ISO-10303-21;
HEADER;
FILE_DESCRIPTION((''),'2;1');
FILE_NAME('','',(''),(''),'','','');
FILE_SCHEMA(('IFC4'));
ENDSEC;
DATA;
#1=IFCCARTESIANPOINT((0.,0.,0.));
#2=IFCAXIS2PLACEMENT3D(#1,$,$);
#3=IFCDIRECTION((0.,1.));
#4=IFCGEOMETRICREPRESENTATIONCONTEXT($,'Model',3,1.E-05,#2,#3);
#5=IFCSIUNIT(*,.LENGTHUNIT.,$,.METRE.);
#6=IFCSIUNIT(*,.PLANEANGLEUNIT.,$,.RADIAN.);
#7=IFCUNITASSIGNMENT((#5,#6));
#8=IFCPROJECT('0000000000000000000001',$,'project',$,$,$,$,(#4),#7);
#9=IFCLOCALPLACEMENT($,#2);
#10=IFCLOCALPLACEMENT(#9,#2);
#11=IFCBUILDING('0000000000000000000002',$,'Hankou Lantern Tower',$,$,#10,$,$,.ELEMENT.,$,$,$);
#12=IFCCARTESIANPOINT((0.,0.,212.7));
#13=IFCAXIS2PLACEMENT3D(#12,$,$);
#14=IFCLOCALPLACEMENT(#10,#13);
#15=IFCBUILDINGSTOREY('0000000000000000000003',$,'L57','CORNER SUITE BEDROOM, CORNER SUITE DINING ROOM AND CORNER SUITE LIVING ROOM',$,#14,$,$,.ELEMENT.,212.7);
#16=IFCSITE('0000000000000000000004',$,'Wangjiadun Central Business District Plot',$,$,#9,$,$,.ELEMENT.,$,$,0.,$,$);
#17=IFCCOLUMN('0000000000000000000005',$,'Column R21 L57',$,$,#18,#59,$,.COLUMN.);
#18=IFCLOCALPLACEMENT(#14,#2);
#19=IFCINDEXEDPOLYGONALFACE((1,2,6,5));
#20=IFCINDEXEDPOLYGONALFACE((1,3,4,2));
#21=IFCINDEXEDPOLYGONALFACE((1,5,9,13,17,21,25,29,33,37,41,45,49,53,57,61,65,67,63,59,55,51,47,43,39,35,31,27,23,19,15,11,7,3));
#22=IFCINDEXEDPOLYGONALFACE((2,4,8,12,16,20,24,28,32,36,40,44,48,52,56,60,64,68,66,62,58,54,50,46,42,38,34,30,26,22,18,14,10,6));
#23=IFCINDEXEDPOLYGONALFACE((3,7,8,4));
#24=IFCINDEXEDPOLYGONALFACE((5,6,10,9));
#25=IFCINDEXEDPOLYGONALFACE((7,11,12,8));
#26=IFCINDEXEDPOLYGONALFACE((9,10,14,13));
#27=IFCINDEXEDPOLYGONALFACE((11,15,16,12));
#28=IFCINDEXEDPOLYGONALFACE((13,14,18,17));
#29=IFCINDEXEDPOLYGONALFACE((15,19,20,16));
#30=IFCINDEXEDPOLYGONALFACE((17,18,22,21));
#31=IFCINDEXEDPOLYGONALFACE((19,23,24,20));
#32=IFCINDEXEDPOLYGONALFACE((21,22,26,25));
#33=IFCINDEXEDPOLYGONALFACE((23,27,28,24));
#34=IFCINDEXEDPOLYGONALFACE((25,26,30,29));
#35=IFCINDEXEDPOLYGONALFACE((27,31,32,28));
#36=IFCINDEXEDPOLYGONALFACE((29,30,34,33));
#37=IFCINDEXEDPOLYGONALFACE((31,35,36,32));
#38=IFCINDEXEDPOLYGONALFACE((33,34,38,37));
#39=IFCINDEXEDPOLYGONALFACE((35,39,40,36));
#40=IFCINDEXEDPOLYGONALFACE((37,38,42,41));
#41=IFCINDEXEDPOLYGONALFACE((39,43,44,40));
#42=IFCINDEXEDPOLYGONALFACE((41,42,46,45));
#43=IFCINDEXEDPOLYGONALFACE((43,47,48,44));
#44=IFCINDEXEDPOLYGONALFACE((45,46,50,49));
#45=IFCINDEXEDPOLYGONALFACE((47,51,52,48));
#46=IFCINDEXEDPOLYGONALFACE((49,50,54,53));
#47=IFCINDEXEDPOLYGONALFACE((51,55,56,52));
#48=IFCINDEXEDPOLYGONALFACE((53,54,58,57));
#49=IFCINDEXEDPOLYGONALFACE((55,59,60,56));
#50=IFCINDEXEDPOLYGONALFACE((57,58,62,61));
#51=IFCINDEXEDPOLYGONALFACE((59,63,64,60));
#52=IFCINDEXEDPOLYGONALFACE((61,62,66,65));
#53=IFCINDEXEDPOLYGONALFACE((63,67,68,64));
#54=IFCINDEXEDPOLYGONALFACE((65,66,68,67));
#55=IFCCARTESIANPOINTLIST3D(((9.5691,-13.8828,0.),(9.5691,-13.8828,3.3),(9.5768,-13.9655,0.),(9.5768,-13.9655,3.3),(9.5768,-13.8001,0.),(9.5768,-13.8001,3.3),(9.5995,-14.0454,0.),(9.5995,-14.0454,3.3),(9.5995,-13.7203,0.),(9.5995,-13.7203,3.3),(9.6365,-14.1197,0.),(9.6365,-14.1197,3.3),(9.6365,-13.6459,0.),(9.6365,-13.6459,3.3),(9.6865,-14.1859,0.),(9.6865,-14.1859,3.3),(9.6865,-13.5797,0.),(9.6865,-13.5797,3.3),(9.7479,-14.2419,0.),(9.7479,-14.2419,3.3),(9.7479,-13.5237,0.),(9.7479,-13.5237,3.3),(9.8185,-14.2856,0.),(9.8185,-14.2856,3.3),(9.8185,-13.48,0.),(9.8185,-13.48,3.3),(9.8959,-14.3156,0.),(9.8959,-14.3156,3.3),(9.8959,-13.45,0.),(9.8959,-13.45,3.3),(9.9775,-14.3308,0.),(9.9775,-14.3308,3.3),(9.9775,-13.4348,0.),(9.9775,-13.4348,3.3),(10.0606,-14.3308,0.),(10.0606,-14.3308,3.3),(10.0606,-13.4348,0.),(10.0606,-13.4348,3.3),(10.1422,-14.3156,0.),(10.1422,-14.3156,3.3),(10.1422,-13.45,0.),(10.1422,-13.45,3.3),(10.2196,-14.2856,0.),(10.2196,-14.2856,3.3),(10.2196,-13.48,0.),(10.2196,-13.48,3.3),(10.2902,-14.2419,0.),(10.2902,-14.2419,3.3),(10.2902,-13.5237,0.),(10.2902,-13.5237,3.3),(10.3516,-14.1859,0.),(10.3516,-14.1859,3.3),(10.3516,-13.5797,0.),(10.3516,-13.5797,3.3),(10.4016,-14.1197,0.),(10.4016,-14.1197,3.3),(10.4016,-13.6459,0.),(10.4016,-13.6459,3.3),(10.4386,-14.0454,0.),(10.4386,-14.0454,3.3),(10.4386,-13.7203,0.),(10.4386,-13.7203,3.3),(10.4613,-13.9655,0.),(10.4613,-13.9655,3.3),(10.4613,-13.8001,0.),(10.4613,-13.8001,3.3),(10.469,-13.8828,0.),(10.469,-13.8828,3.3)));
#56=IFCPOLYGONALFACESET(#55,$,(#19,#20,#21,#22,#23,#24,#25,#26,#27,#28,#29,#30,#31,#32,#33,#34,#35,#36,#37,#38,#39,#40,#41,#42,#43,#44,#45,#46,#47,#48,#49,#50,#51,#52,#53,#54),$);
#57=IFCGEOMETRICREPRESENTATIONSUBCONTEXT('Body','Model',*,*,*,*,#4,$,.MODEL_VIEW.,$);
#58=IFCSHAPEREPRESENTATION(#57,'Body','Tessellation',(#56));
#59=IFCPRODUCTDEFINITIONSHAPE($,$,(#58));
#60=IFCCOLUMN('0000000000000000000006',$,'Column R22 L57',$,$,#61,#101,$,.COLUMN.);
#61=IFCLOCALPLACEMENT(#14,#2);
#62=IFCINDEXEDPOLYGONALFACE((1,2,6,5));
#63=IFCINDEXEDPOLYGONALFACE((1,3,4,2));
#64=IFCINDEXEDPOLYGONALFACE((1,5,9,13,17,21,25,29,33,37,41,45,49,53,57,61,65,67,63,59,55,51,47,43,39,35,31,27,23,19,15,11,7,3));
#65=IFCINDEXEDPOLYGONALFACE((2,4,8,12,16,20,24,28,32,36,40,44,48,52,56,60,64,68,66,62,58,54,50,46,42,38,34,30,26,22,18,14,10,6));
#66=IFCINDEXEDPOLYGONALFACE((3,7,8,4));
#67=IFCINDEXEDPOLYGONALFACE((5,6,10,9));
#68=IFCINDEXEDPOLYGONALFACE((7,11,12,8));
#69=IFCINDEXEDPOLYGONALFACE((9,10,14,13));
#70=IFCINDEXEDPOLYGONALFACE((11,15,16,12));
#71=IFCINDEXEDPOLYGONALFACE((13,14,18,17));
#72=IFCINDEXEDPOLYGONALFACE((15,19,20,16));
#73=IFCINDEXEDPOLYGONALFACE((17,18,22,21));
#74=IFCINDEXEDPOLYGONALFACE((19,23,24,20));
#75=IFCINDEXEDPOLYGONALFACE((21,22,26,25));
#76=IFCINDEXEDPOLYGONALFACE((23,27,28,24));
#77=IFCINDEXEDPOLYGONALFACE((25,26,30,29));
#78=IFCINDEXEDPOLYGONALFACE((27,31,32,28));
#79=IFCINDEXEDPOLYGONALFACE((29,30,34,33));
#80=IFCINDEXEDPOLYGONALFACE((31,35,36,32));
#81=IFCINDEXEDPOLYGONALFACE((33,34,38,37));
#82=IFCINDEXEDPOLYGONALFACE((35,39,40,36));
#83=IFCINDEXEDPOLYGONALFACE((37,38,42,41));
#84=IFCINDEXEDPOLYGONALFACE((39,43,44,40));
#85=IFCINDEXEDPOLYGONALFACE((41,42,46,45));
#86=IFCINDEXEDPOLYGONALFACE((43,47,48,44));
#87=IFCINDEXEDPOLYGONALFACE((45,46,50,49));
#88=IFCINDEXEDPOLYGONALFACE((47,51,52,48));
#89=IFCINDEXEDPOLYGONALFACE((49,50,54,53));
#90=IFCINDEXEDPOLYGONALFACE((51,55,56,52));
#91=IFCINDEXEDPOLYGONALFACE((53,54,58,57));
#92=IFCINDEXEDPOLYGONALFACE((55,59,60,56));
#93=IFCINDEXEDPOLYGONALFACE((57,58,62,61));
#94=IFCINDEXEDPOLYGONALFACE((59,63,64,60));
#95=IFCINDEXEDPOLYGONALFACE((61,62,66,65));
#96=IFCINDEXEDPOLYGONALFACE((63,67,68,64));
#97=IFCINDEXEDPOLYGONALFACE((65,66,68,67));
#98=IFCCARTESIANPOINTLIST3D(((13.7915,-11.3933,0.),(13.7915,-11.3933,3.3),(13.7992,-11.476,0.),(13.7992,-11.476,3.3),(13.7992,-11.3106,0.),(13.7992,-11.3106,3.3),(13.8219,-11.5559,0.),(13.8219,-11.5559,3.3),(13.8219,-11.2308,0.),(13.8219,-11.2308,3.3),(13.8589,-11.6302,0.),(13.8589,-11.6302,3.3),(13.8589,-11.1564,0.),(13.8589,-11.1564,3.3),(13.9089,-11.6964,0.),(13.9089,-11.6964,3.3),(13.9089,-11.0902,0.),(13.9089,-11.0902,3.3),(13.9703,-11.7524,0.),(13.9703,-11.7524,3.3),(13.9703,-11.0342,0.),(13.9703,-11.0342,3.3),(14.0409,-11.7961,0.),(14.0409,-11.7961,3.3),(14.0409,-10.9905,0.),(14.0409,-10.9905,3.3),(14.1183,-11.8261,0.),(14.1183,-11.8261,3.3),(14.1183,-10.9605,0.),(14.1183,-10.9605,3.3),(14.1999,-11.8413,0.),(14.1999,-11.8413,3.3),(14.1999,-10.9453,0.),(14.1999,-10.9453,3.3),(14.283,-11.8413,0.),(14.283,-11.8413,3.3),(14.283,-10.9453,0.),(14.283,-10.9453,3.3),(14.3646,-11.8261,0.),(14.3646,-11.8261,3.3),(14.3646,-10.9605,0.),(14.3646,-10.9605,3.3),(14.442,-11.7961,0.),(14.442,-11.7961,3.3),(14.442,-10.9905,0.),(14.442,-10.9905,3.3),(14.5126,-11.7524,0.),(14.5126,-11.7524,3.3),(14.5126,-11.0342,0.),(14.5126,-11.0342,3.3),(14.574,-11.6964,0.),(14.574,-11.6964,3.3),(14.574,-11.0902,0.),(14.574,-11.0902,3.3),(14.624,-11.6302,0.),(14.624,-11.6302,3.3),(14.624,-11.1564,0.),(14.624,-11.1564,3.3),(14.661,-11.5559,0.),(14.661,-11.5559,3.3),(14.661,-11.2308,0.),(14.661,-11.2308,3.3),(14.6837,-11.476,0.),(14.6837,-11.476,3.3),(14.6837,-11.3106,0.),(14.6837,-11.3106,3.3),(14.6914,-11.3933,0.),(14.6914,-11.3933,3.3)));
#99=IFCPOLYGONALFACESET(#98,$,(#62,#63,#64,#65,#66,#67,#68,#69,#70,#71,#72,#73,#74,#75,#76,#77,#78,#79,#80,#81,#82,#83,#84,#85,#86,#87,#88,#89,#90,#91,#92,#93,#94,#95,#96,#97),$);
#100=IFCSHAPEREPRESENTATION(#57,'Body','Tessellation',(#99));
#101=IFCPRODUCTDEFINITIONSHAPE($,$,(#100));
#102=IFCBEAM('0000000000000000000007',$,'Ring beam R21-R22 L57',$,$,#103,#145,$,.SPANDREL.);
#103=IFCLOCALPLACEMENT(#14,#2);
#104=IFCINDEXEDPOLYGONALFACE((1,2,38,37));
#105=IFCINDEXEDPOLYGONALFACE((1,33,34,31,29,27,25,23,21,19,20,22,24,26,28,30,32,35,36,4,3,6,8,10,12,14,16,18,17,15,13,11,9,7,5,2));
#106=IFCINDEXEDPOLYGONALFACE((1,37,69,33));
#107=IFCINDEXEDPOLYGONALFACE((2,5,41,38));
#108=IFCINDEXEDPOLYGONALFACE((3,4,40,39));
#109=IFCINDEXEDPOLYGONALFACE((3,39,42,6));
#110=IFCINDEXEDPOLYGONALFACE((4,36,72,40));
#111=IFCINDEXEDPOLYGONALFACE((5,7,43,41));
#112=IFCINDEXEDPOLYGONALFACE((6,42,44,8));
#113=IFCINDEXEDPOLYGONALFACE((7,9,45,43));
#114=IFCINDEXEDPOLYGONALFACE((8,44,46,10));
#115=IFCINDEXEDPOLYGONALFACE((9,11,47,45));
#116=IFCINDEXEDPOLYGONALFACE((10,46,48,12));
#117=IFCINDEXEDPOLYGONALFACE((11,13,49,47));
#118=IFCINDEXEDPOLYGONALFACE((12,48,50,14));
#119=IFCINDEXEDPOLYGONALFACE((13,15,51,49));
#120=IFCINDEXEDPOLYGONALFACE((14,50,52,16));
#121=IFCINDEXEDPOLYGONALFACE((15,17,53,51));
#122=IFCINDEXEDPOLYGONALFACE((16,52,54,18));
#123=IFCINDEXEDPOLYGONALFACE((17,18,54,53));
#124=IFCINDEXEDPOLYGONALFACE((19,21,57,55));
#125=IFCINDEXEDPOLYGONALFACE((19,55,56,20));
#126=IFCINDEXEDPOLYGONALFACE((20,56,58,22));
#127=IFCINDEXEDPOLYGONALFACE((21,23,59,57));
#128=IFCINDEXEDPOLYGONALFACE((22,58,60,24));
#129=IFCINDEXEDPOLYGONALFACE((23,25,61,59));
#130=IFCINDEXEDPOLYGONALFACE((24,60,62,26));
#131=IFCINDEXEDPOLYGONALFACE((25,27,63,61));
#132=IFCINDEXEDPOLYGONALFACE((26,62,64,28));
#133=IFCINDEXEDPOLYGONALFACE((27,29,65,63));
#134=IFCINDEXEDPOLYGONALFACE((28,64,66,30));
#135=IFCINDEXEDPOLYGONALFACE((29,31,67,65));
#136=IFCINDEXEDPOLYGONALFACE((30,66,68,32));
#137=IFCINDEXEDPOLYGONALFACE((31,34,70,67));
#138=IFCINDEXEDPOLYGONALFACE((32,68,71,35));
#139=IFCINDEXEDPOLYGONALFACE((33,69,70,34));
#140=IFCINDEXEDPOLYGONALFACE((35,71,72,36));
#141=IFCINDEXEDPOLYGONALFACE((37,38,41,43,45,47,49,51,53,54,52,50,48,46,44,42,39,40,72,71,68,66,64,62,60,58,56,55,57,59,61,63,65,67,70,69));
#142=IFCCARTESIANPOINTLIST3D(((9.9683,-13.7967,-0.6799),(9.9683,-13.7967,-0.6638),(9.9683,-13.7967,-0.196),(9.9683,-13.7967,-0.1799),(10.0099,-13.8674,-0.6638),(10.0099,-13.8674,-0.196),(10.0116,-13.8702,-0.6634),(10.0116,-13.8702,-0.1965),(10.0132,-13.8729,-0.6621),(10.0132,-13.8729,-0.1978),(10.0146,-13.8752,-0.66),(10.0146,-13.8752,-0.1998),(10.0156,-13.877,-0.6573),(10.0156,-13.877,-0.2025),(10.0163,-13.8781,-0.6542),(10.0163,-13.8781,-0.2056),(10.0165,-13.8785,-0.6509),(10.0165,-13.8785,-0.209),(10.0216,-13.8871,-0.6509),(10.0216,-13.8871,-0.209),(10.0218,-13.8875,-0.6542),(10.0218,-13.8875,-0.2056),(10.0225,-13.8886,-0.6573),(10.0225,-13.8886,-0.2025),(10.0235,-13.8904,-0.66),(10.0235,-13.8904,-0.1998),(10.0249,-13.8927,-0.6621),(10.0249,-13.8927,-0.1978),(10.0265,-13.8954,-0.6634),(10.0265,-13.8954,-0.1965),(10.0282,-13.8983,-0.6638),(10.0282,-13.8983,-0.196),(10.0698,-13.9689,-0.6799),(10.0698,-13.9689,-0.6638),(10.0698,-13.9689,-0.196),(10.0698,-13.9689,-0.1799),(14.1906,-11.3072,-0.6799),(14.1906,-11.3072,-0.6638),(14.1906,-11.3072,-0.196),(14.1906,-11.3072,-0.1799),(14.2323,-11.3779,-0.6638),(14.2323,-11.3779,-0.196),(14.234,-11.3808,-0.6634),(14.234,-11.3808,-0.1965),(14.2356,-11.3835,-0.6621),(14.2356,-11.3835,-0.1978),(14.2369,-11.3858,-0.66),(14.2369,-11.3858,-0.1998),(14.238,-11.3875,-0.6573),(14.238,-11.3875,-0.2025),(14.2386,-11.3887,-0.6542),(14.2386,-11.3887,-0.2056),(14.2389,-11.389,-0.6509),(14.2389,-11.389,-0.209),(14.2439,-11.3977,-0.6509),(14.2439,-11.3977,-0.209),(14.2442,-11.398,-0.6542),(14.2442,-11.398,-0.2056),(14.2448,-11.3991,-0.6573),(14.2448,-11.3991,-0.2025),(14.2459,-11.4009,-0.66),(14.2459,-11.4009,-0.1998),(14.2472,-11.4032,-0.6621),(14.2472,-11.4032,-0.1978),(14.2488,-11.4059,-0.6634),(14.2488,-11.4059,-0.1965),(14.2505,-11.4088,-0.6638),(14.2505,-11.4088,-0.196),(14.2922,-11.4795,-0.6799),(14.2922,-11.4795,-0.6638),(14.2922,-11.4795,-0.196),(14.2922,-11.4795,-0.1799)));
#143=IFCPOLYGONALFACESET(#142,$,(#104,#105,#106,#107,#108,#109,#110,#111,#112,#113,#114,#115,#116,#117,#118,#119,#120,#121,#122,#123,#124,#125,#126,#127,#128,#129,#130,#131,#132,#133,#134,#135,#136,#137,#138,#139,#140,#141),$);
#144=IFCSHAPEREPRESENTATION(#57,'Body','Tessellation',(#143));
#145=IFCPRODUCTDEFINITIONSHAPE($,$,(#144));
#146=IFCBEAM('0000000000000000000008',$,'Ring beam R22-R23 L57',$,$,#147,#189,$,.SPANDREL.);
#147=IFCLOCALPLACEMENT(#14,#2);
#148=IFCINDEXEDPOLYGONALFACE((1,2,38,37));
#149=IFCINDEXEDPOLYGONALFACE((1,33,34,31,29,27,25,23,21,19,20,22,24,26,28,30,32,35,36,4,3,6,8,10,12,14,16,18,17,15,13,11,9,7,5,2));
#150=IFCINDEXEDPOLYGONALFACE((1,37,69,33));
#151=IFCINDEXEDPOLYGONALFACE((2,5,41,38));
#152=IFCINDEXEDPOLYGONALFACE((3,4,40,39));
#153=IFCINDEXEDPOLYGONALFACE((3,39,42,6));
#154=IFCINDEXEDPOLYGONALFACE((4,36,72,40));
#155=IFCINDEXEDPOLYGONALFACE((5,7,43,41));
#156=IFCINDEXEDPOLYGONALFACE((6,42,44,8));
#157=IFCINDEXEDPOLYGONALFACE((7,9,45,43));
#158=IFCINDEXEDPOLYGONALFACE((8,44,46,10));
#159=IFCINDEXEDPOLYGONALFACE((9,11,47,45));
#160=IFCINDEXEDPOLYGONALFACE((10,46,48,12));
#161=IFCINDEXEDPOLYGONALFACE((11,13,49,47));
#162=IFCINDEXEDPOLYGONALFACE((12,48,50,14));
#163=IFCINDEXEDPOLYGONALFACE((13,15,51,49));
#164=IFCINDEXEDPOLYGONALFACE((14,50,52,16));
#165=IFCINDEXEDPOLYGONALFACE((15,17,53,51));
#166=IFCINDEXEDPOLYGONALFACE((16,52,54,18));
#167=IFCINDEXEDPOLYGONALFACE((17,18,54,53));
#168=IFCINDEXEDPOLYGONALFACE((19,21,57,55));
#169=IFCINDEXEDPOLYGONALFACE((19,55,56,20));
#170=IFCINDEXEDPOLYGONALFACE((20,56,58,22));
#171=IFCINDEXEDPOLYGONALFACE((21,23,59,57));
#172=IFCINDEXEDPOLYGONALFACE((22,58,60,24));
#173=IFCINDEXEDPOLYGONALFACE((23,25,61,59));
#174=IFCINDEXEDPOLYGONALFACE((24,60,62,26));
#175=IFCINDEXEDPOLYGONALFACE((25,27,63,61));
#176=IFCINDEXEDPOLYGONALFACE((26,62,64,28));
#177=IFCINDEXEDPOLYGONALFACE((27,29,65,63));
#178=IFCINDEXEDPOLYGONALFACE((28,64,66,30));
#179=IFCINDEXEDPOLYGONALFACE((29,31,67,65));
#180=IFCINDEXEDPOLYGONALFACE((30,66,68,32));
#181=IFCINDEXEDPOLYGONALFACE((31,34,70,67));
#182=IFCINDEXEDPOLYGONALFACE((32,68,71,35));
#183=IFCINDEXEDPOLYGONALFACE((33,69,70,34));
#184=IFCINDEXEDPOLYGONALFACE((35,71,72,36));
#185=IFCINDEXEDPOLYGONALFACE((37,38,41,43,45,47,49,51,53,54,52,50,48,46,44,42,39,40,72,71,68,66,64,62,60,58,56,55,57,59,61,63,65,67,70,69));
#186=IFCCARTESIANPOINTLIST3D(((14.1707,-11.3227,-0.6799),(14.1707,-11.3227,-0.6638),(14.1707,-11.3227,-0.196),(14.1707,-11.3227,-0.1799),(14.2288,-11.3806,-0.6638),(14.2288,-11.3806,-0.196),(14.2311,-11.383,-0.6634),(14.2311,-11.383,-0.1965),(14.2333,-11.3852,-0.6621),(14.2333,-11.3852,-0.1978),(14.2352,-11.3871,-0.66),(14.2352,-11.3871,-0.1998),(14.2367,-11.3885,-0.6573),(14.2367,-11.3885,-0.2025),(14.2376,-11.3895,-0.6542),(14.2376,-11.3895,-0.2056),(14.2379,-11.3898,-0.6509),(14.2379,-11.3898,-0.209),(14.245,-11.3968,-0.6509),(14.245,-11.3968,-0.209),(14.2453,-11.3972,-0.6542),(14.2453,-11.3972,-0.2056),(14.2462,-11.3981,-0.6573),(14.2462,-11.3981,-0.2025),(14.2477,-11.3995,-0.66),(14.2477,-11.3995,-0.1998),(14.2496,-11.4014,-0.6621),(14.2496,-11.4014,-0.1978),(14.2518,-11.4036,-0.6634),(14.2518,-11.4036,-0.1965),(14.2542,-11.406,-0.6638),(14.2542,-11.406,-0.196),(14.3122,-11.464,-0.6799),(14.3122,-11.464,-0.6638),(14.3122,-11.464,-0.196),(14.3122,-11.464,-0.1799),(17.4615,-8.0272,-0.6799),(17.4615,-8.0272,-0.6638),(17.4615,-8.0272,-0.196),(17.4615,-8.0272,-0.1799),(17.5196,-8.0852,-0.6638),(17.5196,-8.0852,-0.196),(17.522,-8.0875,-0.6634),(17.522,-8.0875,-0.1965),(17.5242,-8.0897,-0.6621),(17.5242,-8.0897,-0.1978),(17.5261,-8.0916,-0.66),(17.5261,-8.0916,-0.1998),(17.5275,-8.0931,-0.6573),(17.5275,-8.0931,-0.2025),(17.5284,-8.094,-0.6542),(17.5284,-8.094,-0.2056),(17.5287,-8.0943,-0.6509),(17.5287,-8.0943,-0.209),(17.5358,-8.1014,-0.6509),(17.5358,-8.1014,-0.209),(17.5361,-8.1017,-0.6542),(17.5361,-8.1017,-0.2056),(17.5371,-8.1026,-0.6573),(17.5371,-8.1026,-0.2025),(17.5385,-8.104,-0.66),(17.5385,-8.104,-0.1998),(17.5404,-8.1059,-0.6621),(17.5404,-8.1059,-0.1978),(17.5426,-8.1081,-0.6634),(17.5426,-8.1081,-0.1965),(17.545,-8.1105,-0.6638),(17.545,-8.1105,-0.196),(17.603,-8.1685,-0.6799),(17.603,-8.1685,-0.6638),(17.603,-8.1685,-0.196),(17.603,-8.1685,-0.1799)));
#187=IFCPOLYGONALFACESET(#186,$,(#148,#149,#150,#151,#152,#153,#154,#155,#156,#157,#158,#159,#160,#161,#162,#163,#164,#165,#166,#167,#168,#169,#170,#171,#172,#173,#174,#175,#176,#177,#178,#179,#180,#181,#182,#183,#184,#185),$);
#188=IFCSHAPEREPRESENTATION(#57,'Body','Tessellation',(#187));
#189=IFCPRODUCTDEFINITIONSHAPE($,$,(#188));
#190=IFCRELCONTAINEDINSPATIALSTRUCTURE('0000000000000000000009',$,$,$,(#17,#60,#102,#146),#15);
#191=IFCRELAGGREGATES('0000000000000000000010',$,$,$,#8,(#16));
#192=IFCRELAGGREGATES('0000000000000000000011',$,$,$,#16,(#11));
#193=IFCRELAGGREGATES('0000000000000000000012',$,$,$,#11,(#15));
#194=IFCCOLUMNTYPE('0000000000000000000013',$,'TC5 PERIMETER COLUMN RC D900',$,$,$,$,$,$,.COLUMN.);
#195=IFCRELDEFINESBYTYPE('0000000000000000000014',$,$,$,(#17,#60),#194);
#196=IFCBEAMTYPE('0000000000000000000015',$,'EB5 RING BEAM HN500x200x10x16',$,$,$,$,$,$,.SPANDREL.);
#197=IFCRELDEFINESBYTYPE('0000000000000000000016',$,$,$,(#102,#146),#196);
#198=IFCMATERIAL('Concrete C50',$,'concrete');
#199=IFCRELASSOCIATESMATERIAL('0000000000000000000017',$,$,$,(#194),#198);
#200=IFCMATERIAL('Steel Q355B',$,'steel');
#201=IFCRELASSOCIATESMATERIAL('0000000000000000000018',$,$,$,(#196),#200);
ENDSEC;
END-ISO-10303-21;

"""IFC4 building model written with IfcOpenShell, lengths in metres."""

from ifc_helpers import new_model, si_unit, direction, frame, origin, origin_2d, place, context, subcontext, project, spatial, circle, i_section, extrude, material, material_profile, profile_set, type_object, element, save


model = new_model("IFC4")

# Units and contexts
model_context = context("Model", 3, precision=1e-05, world=origin(), true_north=direction((0.0, 1.0)))
body_context = subcontext(model_context, "Body", "Model", "MODEL_VIEW")
ifc_project = project(units=[si_unit("LENGTHUNIT", "METRE"), si_unit("PLANEANGLEUNIT", "RADIAN")], contexts=[model_context])

# Site, building, storey
site_placement = place(None, origin())
site = spatial("IfcSite", under=ifc_project, at=site_placement, Name="Wangjiadun Central Business District Plot", CompositionType="ELEMENT", RefElevation=0.0)
building_placement = place(site_placement, origin())
building = spatial("IfcBuilding", under=site, at=building_placement, Name="Hankou Lantern Tower", CompositionType="ELEMENT")
storey_placement = place(building_placement, frame((0.0, 0.0, 212.7)))
storey = spatial("IfcBuildingStorey", under=building, at=storey_placement, Name="L57", Description="CORNER SUITE BEDROOM, CORNER SUITE DINING ROOM AND CORNER SUITE LIVING ROOM", CompositionType="ELEMENT", Elevation=212.7)

# Columns
ifc_material_1 = material(Name="Concrete C50", Category="concrete")
ifc_material_profile_1 = material_profile(ifc_material_1, circle(Radius=0.45, at=origin_2d()), Name="RC D900")
ifc_profile_set_1 = profile_set([ifc_material_profile_1], Name="Concrete C50")
column_type = type_object("IfcColumnType", Name="TC5 PERIMETER COLUMN RC D900", PredefinedType="COLUMN", material=ifc_profile_set_1)
for number, where, z_axis, x_axis, name in (
    (1, (10.019, -13.8828, 0.0), (0.0, 0.0, 1.0), (1.0, 0.0, 0.0), "Column R21 L57"),
    (2, (14.2415, -11.3933, 0.0), (0.0, 0.0, 1.0), (1.0, 0.0, 0.0), "Column R22 L57"),
):
    element("IfcColumn", number, at=place(storey_placement, frame(where, z_axis=z_axis, x_axis=x_axis)), inside=storey, type_object=column_type, Name=name, PredefinedType="COLUMN", context=body_context, shape_type="SweptSolid", body=[
        extrude(circle(Radius=0.45, at=origin_2d()), origin(), (0.0, 0.0, 1.0), 3.3),
    ])

# Beams
ifc_material_2 = material(Name="Steel Q355B", Category="steel")
ifc_material_profile_2 = material_profile(ifc_material_2, i_section(OverallWidth=0.2, OverallDepth=0.5, WebThickness=0.01, FlangeThickness=0.0161, FilletRadius=0.0129, at=origin_2d()), Name="HN500x200x10x16")
ifc_profile_set_2 = profile_set([ifc_material_profile_2], Name="Steel Q355B")
beam_type_1 = type_object("IfcBeamType", Name="EB5 RING BEAM HN500x200x10x16", PredefinedType="SPANDREL", material=ifc_profile_set_2)
beam_1_placement = place(storey_placement, frame((10.019, -13.8828, -0.4299), z_axis=(0.861423, 0.507888, 0.0), x_axis=(-0.507888, 0.861423, 0.0)))
element("IfcBeam", 3, at=beam_1_placement, inside=storey, type_object=beam_type_1, Name="Ring beam R21-R22 L57", PredefinedType="SPANDREL", context=body_context, shape_type="SweptSolid", body=[
    extrude(i_section(OverallWidth=0.2, OverallDepth=0.5, WebThickness=0.01, FlangeThickness=0.0161, FilletRadius=0.0129, at=origin_2d()), origin(), (0.0, 0.0, 1.0), 4.9016),
])
beam_2_placement = place(storey_placement, frame((14.2415, -11.3933, -0.4299), z_axis=(0.706609, 0.707605, 0.0), x_axis=(-0.707605, 0.706609, 0.0)))
element("IfcBeam", 4, at=beam_2_placement, inside=storey, type_object=beam_type_1, Name="Ring beam R22-R23 L57", PredefinedType="SPANDREL", context=body_context, shape_type="SweptSolid", body=[
    extrude(i_section(OverallWidth=0.2, OverallDepth=0.5, WebThickness=0.01, FlangeThickness=0.0161, FilletRadius=0.0129, at=origin_2d()), origin(), (0.0, 0.0, 1.0), 4.6572),
])

save(model, "model.ifc")
